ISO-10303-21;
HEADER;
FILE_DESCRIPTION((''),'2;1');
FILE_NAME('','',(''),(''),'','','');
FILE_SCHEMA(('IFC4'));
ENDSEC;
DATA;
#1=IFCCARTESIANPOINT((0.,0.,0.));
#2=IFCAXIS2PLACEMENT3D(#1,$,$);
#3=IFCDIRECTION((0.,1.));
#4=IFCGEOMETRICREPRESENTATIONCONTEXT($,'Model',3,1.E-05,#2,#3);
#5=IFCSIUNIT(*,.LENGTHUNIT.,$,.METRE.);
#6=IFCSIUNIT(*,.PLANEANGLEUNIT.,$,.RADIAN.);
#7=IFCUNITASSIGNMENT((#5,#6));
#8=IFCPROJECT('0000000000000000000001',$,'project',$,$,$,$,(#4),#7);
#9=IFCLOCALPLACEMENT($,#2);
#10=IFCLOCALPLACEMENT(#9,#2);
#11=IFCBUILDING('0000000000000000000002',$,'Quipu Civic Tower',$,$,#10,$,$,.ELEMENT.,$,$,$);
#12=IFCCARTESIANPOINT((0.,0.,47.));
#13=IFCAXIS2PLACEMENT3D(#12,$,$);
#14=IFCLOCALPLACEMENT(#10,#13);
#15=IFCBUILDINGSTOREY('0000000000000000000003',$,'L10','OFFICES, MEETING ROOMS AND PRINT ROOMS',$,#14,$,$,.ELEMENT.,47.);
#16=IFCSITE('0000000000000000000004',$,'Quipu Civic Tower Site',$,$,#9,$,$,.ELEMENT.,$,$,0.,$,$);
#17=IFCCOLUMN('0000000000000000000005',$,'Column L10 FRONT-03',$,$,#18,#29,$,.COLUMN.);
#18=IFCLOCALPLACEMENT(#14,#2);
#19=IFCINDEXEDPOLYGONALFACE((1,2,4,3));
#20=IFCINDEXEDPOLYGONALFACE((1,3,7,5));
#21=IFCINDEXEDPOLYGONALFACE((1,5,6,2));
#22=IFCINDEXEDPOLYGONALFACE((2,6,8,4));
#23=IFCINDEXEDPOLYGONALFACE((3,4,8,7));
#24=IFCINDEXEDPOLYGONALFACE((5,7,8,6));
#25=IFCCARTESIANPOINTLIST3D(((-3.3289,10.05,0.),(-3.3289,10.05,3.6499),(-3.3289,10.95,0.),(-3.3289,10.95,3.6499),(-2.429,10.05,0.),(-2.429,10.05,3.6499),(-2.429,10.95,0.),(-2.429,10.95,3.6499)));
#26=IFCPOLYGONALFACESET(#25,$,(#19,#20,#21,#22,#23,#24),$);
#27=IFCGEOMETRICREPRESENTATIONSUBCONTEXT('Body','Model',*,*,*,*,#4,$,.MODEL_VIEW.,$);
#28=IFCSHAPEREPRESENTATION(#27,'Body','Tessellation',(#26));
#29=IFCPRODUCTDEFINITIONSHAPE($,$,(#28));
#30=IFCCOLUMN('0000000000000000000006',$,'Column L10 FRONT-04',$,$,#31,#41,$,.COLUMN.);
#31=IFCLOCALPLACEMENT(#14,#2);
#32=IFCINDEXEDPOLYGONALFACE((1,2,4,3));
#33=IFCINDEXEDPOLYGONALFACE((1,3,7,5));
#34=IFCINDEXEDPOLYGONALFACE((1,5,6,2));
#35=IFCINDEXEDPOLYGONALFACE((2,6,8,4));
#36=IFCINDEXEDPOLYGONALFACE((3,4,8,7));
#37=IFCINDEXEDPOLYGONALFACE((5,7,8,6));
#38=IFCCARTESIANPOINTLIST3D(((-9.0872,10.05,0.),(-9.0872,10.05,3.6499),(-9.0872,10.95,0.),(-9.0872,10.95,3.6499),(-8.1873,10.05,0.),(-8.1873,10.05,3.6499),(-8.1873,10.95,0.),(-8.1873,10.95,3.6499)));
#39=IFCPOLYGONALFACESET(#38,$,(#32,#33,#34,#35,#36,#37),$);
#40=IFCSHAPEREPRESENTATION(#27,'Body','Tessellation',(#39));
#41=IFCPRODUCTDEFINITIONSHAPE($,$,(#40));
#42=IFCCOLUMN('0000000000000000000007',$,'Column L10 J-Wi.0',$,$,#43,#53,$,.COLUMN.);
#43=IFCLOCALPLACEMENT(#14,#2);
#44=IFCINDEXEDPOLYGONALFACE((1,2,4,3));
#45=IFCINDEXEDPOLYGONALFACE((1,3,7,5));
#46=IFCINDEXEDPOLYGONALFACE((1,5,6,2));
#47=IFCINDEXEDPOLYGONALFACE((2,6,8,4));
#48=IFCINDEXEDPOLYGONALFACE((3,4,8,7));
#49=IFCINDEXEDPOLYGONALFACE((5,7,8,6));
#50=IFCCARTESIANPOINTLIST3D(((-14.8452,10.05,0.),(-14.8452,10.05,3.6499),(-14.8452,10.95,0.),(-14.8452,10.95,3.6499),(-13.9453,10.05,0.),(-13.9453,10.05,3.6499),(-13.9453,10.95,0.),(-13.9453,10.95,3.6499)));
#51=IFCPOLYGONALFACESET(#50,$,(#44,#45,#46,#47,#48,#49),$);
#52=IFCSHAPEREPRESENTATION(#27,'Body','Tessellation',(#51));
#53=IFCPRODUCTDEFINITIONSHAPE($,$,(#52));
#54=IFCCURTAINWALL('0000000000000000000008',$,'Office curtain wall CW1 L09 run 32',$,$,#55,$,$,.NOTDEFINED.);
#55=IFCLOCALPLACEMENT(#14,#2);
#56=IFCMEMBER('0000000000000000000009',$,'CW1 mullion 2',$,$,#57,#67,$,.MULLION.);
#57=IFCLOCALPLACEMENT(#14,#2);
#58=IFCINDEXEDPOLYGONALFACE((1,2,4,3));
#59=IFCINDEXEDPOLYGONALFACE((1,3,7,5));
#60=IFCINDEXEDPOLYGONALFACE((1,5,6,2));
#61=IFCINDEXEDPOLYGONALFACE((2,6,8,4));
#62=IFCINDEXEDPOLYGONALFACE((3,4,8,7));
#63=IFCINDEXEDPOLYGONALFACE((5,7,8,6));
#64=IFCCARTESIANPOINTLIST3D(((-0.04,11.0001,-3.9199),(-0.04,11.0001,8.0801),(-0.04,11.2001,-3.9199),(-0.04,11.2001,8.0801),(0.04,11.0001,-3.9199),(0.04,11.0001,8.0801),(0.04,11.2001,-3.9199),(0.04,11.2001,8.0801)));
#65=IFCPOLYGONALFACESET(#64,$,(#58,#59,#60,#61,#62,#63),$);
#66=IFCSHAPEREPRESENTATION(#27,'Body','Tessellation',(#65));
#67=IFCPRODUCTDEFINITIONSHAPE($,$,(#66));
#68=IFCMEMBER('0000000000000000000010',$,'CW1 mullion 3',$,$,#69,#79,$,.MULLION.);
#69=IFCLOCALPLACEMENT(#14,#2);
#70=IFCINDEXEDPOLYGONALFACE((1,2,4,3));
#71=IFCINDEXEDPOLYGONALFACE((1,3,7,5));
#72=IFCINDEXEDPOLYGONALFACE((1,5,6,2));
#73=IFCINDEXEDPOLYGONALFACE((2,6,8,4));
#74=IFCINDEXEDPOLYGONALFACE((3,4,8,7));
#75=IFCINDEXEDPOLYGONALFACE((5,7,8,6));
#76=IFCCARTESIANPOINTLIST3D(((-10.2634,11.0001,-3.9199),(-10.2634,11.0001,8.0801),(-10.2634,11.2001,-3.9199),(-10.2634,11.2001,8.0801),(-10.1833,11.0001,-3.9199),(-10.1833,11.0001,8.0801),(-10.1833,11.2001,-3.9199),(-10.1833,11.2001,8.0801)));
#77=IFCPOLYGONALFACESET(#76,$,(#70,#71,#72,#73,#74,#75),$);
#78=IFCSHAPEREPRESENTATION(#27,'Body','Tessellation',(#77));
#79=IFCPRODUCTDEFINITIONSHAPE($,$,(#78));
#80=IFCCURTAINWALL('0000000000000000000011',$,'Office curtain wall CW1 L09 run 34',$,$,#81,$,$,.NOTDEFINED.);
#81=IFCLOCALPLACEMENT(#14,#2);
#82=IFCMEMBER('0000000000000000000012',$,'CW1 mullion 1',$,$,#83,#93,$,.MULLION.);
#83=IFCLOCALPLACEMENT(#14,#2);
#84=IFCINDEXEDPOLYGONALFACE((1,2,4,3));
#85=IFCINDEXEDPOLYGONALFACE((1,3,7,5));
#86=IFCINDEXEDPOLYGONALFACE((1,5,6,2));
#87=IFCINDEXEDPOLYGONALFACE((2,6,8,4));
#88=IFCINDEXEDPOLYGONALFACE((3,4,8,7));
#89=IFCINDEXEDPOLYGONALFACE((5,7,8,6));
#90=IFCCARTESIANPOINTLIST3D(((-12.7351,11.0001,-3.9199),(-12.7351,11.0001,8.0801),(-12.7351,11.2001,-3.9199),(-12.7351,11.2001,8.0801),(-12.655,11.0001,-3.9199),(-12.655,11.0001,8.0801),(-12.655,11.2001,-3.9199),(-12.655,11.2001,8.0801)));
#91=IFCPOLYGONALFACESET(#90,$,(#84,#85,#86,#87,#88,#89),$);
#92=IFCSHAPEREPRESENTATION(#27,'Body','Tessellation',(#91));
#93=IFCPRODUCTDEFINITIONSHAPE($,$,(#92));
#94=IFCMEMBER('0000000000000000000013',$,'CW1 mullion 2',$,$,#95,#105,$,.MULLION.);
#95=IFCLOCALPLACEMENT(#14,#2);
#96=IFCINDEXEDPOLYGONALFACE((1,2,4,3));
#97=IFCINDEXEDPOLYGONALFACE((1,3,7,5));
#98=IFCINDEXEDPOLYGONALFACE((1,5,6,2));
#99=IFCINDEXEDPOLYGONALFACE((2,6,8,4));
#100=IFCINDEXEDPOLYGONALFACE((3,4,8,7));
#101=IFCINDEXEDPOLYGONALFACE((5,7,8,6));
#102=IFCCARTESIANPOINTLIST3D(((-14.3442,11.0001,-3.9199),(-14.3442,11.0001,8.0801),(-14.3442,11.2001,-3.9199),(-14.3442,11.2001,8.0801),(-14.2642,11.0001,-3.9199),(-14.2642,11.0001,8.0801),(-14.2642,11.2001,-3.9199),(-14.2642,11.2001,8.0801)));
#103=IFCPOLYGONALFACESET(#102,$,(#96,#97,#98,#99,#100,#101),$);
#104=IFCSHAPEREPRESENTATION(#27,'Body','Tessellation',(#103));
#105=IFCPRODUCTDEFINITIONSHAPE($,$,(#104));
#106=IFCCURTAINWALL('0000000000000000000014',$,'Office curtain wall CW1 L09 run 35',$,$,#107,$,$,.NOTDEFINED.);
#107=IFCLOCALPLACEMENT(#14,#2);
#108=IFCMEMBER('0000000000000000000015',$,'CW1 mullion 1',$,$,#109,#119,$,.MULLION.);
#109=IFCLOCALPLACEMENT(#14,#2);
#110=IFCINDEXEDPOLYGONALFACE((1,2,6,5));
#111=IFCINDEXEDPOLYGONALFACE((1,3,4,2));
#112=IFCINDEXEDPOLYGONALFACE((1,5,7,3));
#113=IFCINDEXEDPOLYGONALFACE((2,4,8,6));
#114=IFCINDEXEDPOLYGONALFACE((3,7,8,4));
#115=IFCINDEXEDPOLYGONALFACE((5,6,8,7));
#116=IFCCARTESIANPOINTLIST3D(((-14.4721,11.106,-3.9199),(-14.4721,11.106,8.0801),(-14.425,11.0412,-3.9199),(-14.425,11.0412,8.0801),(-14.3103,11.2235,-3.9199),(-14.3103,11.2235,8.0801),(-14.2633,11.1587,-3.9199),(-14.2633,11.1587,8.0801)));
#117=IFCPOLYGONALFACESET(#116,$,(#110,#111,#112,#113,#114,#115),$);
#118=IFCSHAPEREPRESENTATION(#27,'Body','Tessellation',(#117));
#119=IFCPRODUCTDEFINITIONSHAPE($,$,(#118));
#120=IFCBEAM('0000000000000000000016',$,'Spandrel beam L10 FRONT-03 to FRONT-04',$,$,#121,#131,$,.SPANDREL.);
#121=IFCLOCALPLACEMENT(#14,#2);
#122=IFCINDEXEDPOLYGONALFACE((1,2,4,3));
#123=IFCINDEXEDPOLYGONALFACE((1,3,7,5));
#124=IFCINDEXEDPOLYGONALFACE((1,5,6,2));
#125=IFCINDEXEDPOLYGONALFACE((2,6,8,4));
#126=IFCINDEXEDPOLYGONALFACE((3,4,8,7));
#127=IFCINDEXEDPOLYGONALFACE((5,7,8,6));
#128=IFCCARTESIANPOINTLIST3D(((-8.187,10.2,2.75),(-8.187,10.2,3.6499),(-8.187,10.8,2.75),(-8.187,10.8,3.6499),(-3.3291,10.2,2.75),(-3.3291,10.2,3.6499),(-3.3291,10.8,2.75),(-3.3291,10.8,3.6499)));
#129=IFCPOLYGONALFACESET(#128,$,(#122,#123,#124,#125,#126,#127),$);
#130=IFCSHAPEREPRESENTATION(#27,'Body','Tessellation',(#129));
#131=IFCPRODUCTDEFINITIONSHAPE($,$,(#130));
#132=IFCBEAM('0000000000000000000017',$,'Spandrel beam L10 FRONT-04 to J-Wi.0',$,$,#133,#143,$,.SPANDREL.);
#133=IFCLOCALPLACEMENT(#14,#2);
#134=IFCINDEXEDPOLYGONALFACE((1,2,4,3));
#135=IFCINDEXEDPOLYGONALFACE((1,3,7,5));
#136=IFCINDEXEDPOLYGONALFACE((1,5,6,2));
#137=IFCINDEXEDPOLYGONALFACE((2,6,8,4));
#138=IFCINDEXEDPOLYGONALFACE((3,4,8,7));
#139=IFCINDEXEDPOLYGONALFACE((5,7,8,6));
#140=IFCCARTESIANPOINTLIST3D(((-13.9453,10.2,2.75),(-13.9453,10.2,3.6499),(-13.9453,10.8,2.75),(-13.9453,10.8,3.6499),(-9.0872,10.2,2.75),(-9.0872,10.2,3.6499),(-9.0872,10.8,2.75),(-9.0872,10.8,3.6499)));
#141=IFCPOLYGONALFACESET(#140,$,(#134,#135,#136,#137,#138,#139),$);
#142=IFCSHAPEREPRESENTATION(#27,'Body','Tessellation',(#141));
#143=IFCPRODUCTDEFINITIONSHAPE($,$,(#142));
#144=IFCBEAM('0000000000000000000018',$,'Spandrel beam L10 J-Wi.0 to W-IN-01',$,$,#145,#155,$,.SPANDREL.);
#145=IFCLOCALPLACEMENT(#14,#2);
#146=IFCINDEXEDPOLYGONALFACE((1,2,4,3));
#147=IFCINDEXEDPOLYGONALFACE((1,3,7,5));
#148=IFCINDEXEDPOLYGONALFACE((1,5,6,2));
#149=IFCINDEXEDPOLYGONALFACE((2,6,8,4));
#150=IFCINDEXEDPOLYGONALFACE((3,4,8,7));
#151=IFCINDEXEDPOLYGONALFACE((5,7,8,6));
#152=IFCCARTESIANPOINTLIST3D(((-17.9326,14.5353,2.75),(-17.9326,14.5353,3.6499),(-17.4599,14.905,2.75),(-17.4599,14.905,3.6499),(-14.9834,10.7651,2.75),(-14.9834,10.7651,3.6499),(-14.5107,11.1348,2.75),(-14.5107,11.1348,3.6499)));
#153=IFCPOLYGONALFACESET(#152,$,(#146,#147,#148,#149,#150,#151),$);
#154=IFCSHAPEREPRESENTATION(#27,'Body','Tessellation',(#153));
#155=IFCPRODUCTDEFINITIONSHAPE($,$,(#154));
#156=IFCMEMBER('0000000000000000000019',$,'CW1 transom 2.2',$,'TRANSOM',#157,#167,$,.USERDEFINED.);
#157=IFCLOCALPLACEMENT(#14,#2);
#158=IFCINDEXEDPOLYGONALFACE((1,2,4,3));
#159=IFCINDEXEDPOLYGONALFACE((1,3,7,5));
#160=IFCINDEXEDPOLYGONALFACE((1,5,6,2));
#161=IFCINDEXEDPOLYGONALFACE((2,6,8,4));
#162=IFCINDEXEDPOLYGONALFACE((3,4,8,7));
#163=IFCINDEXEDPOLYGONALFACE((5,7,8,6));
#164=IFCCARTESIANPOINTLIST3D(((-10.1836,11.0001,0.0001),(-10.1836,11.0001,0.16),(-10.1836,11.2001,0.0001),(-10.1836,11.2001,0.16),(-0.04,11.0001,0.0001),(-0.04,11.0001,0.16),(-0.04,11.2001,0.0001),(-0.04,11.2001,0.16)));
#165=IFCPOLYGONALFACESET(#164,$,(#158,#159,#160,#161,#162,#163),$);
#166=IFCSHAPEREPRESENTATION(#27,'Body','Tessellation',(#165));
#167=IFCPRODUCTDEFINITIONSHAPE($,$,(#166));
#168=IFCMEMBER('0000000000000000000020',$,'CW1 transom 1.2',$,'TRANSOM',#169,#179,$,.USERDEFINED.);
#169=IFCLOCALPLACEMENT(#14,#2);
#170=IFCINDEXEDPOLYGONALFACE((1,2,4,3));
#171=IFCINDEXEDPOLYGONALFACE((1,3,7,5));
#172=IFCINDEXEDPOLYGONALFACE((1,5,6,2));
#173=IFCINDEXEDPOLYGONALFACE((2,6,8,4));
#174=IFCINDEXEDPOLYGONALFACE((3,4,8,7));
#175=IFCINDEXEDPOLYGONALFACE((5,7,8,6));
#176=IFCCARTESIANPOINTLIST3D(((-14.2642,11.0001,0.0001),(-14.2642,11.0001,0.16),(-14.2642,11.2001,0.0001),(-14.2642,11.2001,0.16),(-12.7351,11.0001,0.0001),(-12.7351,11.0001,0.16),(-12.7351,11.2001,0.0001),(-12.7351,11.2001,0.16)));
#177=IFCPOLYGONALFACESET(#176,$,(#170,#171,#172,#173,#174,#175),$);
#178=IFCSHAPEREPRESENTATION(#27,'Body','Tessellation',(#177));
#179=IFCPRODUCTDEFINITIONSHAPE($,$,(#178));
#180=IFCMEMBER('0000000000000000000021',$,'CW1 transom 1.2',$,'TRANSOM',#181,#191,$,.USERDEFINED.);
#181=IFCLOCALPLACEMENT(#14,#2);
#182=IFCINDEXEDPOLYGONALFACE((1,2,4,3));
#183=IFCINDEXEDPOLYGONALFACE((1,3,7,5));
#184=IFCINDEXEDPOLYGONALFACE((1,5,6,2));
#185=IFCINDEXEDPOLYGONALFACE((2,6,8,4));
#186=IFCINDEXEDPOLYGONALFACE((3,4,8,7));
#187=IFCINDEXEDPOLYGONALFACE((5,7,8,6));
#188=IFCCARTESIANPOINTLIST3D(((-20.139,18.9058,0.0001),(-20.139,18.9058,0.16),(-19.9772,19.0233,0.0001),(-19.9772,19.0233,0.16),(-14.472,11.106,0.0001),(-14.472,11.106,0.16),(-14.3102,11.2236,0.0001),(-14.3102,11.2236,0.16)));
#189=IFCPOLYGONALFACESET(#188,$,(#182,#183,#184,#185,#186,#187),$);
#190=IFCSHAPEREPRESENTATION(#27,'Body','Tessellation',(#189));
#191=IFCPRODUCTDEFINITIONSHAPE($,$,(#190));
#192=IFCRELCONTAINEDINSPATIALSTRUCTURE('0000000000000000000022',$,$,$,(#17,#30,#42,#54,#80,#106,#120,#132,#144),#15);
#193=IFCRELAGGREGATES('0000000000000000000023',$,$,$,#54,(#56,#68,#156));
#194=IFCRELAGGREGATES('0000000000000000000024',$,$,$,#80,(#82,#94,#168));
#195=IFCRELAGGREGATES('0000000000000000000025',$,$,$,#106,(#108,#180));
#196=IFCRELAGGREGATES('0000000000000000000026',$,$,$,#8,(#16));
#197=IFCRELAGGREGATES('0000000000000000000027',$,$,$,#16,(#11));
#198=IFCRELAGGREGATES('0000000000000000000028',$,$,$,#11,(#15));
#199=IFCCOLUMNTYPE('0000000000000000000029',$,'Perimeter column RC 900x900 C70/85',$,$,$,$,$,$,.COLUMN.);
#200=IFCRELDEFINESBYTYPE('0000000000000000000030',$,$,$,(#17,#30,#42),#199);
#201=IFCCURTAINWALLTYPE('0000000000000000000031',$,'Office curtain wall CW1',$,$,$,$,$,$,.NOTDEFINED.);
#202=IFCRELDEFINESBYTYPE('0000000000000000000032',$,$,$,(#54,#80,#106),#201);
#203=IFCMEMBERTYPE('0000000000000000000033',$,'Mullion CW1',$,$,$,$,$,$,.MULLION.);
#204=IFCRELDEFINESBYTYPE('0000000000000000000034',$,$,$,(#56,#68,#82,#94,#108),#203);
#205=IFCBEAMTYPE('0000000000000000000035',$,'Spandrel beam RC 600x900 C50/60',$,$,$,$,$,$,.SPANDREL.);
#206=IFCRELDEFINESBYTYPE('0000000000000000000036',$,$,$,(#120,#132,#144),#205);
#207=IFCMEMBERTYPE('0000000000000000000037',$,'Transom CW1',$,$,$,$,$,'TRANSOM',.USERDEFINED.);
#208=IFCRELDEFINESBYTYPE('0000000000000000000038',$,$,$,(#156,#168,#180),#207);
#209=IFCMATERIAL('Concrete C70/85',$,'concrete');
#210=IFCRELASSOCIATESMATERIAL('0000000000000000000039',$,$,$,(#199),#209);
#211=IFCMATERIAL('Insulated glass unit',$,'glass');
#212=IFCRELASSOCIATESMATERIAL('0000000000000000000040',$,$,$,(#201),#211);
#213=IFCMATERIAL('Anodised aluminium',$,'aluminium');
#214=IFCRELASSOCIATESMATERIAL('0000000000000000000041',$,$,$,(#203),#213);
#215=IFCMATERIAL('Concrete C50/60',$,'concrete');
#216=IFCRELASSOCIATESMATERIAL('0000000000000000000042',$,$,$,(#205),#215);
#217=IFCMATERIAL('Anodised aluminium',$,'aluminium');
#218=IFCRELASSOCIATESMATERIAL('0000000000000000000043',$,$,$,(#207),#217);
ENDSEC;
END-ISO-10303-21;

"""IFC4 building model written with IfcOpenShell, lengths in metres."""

from ifc_helpers import new_model, si_unit, direction, frame, origin, origin_2d, place, context, subcontext, project, spatial, rectangle, extrude, material, material_profile, profile_set, type_object, element, aggregate, save


model = new_model("IFC4")

# Units and contexts
model_context = context("Model", 3, precision=1e-05, world=origin(), true_north=direction((0.0, 1.0)))
body_context = subcontext(model_context, "Body", "Model", "MODEL_VIEW")
ifc_project = project(units=[si_unit("LENGTHUNIT", "METRE"), si_unit("PLANEANGLEUNIT", "RADIAN")], contexts=[model_context])

# Site, building, storey
site_placement = place(None, origin())
site = spatial("IfcSite", under=ifc_project, at=site_placement, Name="Quipu Civic Tower Site", CompositionType="ELEMENT", RefElevation=0.0)
building_placement = place(site_placement, origin())
building = spatial("IfcBuilding", under=site, at=building_placement, Name="Quipu Civic Tower", CompositionType="ELEMENT")
storey_placement = place(building_placement, frame((0.0, 0.0, 47.0)))
storey = spatial("IfcBuildingStorey", under=building, at=storey_placement, Name="L10", Description="OFFICES, MEETING ROOMS AND PRINT ROOMS", CompositionType="ELEMENT", Elevation=47.0)

# Columns
ifc_material_1 = material(Name="Concrete C70/85", Category="concrete")
ifc_material_profile_1 = material_profile(ifc_material_1, rectangle(XDim=0.8999, YDim=0.8999, at=origin_2d()), Name="RC900x900")
ifc_profile_set_1 = profile_set([ifc_material_profile_1], Name="Concrete C70/85")
column_type = type_object("IfcColumnType", Name="Perimeter column RC 900x900 C70/85", PredefinedType="COLUMN", material=ifc_profile_set_1)
for number, where, z_axis, x_axis, name in (
    (1, (-2.8789, 10.5, 0.0), (0.0, 0.0, 1.0), (-1.0, 0.0, 0.0), "Column L10 FRONT-03"),
    (2, (-8.6372, 10.5, 0.0), (0.0, 0.0, 1.0), (-1.0, 0.0, 0.0), "Column L10 FRONT-04"),
    (3, (-14.3953, 10.5, 0.0), (0.0, 0.0, 1.0), (-1.0, 0.0, 0.0), "Column L10 J-Wi.0"),
):
    element("IfcColumn", number, at=place(storey_placement, frame(where, z_axis=z_axis, x_axis=x_axis)), inside=storey, type_object=column_type, Name=name, PredefinedType="COLUMN", context=body_context, shape_type="SweptSolid", body=[
        extrude(rectangle(XDim=0.8999, YDim=0.8999, at=origin_2d()), origin(), (0.0, 0.0, 1.0), 3.6499),
    ])

# Curtain walls, members
ifc_material_2 = material(Name="Insulated glass unit", Category="glass")
curtain_wall_type = type_object("IfcCurtainWallType", Name="Office curtain wall CW1", PredefinedType="NOTDEFINED", material=ifc_material_2)
curtain_wall_1_placement = place(storey_placement, origin())
curtain_wall_1 = element("IfcCurtainWall", 4, at=curtain_wall_1_placement, inside=storey, type_object=curtain_wall_type, Name="Office curtain wall CW1 L09 run 32", PredefinedType="NOTDEFINED")
ifc_material_3 = material(Name="Anodised aluminium", Category="aluminium")
ifc_material_profile_2 = material_profile(ifc_material_3, rectangle(XDim=0.2, YDim=0.0801, at=origin_2d()), Name="RECT 200x80")
ifc_profile_set_2 = profile_set([ifc_material_profile_2], Name="Anodised aluminium")
member_type_1 = type_object("IfcMemberType", Name="Mullion CW1", PredefinedType="MULLION", material=ifc_profile_set_2)
member_1_placement = place(storey_placement, frame((0.0, 11.1001, -3.9199), z_axis=(0.0, 0.0, 1.0), x_axis=(0.0, -1.0, 0.0)))
member_1 = element("IfcMember", 5, at=member_1_placement, type_object=member_type_1, Name="CW1 mullion 2", PredefinedType="MULLION", context=body_context, shape_type="SweptSolid", body=[
    extrude(rectangle(XDim=0.2, YDim=0.0801, at=origin_2d()), origin(), (0.0, 0.0, 1.0), 12.0),
])
member_2_placement = place(storey_placement, frame((-10.2234, 11.1001, -3.9199), z_axis=(0.0, 0.0, 1.0), x_axis=(0.0, -1.0, 0.0)))
member_2 = element("IfcMember", 6, at=member_2_placement, type_object=member_type_1, Name="CW1 mullion 3", PredefinedType="MULLION", context=body_context, shape_type="SweptSolid", body=[
    extrude(rectangle(XDim=0.2, YDim=0.0801, at=origin_2d()), origin(), (0.0, 0.0, 1.0), 12.0),
])
curtain_wall_2_placement = place(storey_placement, origin())
curtain_wall_2 = element("IfcCurtainWall", 7, at=curtain_wall_2_placement, inside=storey, type_object=curtain_wall_type, Name="Office curtain wall CW1 L09 run 34", PredefinedType="NOTDEFINED")
member_3_placement = place(storey_placement, frame((-12.6951, 11.1001, -3.9199), z_axis=(0.0, 0.0, 1.0), x_axis=(0.0, -1.0, 0.0)))
member_3 = element("IfcMember", 8, at=member_3_placement, type_object=member_type_1, Name="CW1 mullion 1", PredefinedType="MULLION", context=body_context, shape_type="SweptSolid", body=[
    extrude(rectangle(XDim=0.2, YDim=0.0801, at=origin_2d()), origin(), (0.0, 0.0, 1.0), 12.0),
])
member_4_placement = place(storey_placement, frame((-14.3042, 11.1001, -3.9199), z_axis=(0.0, 0.0, 1.0), x_axis=(0.0, -1.0, 0.0)))
member_4 = element("IfcMember", 9, at=member_4_placement, type_object=member_type_1, Name="CW1 mullion 2", PredefinedType="MULLION", context=body_context, shape_type="SweptSolid", body=[
    extrude(rectangle(XDim=0.2, YDim=0.0801, at=origin_2d()), origin(), (0.0, 0.0, 1.0), 12.0),
])

# Curtain wall, member
curtain_wall_3_placement = place(storey_placement, origin())
curtain_wall_3 = element("IfcCurtainWall", 10, at=curtain_wall_3_placement, inside=storey, type_object=curtain_wall_type, Name="Office curtain wall CW1 L09 run 35", PredefinedType="NOTDEFINED")
member_5_placement = place(storey_placement, frame((-14.3677, 11.1323, -3.9199), z_axis=(0.0, 0.0, 1.0), x_axis=(-0.809017, -0.587786, 0.0)))
member_5 = element("IfcMember", 11, at=member_5_placement, type_object=member_type_1, Name="CW1 mullion 1", PredefinedType="MULLION", context=body_context, shape_type="SweptSolid", body=[
    extrude(rectangle(XDim=0.2, YDim=0.0801, at=origin_2d()), origin(), (0.0, 0.0, 1.0), 12.0),
])

# Beams
ifc_material_4 = material(Name="Concrete C50/60", Category="concrete")
ifc_material_profile_3 = material_profile(ifc_material_4, rectangle(XDim=0.6001, YDim=0.8999, at=origin_2d()), Name="RC600x900")
ifc_profile_set_3 = profile_set([ifc_material_profile_3], Name="Concrete C50/60")
beam_type = type_object("IfcBeamType", Name="Spandrel beam RC 600x900 C50/60", PredefinedType="SPANDREL", material=ifc_profile_set_3)
beam_1_placement = place(storey_placement, frame((-3.3291, 10.5, 3.2), z_axis=(-1.0, 0.0, 0.0), x_axis=(0.0, -1.0, 0.0)))
element("IfcBeam", 12, at=beam_1_placement, inside=storey, type_object=beam_type, Name="Spandrel beam L10 FRONT-03 to FRONT-04", PredefinedType="SPANDREL", context=body_context, shape_type="SweptSolid", body=[
    extrude(rectangle(XDim=0.6001, YDim=0.8999, at=origin_2d()), origin(), (0.0, 0.0, 1.0), 4.8579),
])
beam_2_placement = place(storey_placement, frame((-9.0872, 10.5, 3.2), z_axis=(-1.0, 0.0, 0.0), x_axis=(0.0, -1.0, 0.0)))
element("IfcBeam", 13, at=beam_2_placement, inside=storey, type_object=beam_type, Name="Spandrel beam L10 FRONT-04 to J-Wi.0", PredefinedType="SPANDREL", context=body_context, shape_type="SweptSolid", body=[
    extrude(rectangle(XDim=0.6001, YDim=0.8999, at=origin_2d()), origin(), (0.0, 0.0, 1.0), 4.8582),
])
beam_3_placement = place(storey_placement, frame((-14.7471, 10.95, 3.2), z_axis=(-0.616124, 0.787649, 0.0), x_axis=(-0.787649, -0.616124, 0.0)))
element("IfcBeam", 14, at=beam_3_placement, inside=storey, type_object=beam_type, Name="Spandrel beam L10 J-Wi.0 to W-IN-01", PredefinedType="SPANDREL", context=body_context, shape_type="SweptSolid", body=[
    extrude(rectangle(XDim=0.6001, YDim=0.8999, at=origin_2d()), origin(), (0.0, 0.0, 1.0), 4.7866),
])

# Members
ifc_material_5 = material(Name="Anodised aluminium", Category="aluminium")
ifc_material_profile_4 = material_profile(ifc_material_5, rectangle(XDim=0.2, YDim=0.1599, at=origin_2d()), Name="RECT 200x160")
ifc_profile_set_4 = profile_set([ifc_material_profile_4], Name="Anodised aluminium")
member_type_2 = type_object("IfcMemberType", Name="Transom CW1", ElementType="TRANSOM", PredefinedType="USERDEFINED", material=ifc_profile_set_4)
member_6_placement = place(storey_placement, frame((-0.04, 11.1001, 0.0801), z_axis=(-1.0, 0.0, 0.0), x_axis=(0.0, -1.0, 0.0)))
member_6 = element("IfcMember", 15, at=member_6_placement, type_object=member_type_2, Name="CW1 transom 2.2", ObjectType="TRANSOM", PredefinedType="USERDEFINED", context=body_context, shape_type="SweptSolid", body=[
    extrude(rectangle(XDim=0.2, YDim=0.1599, at=origin_2d()), origin(), (0.0, 0.0, 1.0), 10.1436),
])
member_7_placement = place(storey_placement, frame((-12.7351, 11.1001, 0.0801), z_axis=(-1.0, 0.0, 0.0), x_axis=(0.0, -1.0, 0.0)))
member_7 = element("IfcMember", 16, at=member_7_placement, type_object=member_type_2, Name="CW1 transom 1.2", ObjectType="TRANSOM", PredefinedType="USERDEFINED", context=body_context, shape_type="SweptSolid", body=[
    extrude(rectangle(XDim=0.2, YDim=0.1599, at=origin_2d()), origin(), (0.0, 0.0, 1.0), 1.5291),
])
member_8_placement = place(storey_placement, frame((-14.3911, 11.1648, 0.0801), z_axis=(-0.587792, 0.809012, 0.0), x_axis=(-0.809012, -0.587792, 0.0)))
member_8 = element("IfcMember", 17, at=member_8_placement, type_object=member_type_2, Name="CW1 transom 1.2", ObjectType="TRANSOM", PredefinedType="USERDEFINED", context=body_context, shape_type="SweptSolid", body=[
    extrude(rectangle(XDim=0.2, YDim=0.1599, at=origin_2d()), origin(), (0.0, 0.0, 1.0), 9.6411),
])

aggregate(curtain_wall_1, [member_1, member_2, member_6])
aggregate(curtain_wall_2, [member_3, member_4, member_7])
aggregate(curtain_wall_3, [member_5, member_8])

save(model, "model.ifc")
